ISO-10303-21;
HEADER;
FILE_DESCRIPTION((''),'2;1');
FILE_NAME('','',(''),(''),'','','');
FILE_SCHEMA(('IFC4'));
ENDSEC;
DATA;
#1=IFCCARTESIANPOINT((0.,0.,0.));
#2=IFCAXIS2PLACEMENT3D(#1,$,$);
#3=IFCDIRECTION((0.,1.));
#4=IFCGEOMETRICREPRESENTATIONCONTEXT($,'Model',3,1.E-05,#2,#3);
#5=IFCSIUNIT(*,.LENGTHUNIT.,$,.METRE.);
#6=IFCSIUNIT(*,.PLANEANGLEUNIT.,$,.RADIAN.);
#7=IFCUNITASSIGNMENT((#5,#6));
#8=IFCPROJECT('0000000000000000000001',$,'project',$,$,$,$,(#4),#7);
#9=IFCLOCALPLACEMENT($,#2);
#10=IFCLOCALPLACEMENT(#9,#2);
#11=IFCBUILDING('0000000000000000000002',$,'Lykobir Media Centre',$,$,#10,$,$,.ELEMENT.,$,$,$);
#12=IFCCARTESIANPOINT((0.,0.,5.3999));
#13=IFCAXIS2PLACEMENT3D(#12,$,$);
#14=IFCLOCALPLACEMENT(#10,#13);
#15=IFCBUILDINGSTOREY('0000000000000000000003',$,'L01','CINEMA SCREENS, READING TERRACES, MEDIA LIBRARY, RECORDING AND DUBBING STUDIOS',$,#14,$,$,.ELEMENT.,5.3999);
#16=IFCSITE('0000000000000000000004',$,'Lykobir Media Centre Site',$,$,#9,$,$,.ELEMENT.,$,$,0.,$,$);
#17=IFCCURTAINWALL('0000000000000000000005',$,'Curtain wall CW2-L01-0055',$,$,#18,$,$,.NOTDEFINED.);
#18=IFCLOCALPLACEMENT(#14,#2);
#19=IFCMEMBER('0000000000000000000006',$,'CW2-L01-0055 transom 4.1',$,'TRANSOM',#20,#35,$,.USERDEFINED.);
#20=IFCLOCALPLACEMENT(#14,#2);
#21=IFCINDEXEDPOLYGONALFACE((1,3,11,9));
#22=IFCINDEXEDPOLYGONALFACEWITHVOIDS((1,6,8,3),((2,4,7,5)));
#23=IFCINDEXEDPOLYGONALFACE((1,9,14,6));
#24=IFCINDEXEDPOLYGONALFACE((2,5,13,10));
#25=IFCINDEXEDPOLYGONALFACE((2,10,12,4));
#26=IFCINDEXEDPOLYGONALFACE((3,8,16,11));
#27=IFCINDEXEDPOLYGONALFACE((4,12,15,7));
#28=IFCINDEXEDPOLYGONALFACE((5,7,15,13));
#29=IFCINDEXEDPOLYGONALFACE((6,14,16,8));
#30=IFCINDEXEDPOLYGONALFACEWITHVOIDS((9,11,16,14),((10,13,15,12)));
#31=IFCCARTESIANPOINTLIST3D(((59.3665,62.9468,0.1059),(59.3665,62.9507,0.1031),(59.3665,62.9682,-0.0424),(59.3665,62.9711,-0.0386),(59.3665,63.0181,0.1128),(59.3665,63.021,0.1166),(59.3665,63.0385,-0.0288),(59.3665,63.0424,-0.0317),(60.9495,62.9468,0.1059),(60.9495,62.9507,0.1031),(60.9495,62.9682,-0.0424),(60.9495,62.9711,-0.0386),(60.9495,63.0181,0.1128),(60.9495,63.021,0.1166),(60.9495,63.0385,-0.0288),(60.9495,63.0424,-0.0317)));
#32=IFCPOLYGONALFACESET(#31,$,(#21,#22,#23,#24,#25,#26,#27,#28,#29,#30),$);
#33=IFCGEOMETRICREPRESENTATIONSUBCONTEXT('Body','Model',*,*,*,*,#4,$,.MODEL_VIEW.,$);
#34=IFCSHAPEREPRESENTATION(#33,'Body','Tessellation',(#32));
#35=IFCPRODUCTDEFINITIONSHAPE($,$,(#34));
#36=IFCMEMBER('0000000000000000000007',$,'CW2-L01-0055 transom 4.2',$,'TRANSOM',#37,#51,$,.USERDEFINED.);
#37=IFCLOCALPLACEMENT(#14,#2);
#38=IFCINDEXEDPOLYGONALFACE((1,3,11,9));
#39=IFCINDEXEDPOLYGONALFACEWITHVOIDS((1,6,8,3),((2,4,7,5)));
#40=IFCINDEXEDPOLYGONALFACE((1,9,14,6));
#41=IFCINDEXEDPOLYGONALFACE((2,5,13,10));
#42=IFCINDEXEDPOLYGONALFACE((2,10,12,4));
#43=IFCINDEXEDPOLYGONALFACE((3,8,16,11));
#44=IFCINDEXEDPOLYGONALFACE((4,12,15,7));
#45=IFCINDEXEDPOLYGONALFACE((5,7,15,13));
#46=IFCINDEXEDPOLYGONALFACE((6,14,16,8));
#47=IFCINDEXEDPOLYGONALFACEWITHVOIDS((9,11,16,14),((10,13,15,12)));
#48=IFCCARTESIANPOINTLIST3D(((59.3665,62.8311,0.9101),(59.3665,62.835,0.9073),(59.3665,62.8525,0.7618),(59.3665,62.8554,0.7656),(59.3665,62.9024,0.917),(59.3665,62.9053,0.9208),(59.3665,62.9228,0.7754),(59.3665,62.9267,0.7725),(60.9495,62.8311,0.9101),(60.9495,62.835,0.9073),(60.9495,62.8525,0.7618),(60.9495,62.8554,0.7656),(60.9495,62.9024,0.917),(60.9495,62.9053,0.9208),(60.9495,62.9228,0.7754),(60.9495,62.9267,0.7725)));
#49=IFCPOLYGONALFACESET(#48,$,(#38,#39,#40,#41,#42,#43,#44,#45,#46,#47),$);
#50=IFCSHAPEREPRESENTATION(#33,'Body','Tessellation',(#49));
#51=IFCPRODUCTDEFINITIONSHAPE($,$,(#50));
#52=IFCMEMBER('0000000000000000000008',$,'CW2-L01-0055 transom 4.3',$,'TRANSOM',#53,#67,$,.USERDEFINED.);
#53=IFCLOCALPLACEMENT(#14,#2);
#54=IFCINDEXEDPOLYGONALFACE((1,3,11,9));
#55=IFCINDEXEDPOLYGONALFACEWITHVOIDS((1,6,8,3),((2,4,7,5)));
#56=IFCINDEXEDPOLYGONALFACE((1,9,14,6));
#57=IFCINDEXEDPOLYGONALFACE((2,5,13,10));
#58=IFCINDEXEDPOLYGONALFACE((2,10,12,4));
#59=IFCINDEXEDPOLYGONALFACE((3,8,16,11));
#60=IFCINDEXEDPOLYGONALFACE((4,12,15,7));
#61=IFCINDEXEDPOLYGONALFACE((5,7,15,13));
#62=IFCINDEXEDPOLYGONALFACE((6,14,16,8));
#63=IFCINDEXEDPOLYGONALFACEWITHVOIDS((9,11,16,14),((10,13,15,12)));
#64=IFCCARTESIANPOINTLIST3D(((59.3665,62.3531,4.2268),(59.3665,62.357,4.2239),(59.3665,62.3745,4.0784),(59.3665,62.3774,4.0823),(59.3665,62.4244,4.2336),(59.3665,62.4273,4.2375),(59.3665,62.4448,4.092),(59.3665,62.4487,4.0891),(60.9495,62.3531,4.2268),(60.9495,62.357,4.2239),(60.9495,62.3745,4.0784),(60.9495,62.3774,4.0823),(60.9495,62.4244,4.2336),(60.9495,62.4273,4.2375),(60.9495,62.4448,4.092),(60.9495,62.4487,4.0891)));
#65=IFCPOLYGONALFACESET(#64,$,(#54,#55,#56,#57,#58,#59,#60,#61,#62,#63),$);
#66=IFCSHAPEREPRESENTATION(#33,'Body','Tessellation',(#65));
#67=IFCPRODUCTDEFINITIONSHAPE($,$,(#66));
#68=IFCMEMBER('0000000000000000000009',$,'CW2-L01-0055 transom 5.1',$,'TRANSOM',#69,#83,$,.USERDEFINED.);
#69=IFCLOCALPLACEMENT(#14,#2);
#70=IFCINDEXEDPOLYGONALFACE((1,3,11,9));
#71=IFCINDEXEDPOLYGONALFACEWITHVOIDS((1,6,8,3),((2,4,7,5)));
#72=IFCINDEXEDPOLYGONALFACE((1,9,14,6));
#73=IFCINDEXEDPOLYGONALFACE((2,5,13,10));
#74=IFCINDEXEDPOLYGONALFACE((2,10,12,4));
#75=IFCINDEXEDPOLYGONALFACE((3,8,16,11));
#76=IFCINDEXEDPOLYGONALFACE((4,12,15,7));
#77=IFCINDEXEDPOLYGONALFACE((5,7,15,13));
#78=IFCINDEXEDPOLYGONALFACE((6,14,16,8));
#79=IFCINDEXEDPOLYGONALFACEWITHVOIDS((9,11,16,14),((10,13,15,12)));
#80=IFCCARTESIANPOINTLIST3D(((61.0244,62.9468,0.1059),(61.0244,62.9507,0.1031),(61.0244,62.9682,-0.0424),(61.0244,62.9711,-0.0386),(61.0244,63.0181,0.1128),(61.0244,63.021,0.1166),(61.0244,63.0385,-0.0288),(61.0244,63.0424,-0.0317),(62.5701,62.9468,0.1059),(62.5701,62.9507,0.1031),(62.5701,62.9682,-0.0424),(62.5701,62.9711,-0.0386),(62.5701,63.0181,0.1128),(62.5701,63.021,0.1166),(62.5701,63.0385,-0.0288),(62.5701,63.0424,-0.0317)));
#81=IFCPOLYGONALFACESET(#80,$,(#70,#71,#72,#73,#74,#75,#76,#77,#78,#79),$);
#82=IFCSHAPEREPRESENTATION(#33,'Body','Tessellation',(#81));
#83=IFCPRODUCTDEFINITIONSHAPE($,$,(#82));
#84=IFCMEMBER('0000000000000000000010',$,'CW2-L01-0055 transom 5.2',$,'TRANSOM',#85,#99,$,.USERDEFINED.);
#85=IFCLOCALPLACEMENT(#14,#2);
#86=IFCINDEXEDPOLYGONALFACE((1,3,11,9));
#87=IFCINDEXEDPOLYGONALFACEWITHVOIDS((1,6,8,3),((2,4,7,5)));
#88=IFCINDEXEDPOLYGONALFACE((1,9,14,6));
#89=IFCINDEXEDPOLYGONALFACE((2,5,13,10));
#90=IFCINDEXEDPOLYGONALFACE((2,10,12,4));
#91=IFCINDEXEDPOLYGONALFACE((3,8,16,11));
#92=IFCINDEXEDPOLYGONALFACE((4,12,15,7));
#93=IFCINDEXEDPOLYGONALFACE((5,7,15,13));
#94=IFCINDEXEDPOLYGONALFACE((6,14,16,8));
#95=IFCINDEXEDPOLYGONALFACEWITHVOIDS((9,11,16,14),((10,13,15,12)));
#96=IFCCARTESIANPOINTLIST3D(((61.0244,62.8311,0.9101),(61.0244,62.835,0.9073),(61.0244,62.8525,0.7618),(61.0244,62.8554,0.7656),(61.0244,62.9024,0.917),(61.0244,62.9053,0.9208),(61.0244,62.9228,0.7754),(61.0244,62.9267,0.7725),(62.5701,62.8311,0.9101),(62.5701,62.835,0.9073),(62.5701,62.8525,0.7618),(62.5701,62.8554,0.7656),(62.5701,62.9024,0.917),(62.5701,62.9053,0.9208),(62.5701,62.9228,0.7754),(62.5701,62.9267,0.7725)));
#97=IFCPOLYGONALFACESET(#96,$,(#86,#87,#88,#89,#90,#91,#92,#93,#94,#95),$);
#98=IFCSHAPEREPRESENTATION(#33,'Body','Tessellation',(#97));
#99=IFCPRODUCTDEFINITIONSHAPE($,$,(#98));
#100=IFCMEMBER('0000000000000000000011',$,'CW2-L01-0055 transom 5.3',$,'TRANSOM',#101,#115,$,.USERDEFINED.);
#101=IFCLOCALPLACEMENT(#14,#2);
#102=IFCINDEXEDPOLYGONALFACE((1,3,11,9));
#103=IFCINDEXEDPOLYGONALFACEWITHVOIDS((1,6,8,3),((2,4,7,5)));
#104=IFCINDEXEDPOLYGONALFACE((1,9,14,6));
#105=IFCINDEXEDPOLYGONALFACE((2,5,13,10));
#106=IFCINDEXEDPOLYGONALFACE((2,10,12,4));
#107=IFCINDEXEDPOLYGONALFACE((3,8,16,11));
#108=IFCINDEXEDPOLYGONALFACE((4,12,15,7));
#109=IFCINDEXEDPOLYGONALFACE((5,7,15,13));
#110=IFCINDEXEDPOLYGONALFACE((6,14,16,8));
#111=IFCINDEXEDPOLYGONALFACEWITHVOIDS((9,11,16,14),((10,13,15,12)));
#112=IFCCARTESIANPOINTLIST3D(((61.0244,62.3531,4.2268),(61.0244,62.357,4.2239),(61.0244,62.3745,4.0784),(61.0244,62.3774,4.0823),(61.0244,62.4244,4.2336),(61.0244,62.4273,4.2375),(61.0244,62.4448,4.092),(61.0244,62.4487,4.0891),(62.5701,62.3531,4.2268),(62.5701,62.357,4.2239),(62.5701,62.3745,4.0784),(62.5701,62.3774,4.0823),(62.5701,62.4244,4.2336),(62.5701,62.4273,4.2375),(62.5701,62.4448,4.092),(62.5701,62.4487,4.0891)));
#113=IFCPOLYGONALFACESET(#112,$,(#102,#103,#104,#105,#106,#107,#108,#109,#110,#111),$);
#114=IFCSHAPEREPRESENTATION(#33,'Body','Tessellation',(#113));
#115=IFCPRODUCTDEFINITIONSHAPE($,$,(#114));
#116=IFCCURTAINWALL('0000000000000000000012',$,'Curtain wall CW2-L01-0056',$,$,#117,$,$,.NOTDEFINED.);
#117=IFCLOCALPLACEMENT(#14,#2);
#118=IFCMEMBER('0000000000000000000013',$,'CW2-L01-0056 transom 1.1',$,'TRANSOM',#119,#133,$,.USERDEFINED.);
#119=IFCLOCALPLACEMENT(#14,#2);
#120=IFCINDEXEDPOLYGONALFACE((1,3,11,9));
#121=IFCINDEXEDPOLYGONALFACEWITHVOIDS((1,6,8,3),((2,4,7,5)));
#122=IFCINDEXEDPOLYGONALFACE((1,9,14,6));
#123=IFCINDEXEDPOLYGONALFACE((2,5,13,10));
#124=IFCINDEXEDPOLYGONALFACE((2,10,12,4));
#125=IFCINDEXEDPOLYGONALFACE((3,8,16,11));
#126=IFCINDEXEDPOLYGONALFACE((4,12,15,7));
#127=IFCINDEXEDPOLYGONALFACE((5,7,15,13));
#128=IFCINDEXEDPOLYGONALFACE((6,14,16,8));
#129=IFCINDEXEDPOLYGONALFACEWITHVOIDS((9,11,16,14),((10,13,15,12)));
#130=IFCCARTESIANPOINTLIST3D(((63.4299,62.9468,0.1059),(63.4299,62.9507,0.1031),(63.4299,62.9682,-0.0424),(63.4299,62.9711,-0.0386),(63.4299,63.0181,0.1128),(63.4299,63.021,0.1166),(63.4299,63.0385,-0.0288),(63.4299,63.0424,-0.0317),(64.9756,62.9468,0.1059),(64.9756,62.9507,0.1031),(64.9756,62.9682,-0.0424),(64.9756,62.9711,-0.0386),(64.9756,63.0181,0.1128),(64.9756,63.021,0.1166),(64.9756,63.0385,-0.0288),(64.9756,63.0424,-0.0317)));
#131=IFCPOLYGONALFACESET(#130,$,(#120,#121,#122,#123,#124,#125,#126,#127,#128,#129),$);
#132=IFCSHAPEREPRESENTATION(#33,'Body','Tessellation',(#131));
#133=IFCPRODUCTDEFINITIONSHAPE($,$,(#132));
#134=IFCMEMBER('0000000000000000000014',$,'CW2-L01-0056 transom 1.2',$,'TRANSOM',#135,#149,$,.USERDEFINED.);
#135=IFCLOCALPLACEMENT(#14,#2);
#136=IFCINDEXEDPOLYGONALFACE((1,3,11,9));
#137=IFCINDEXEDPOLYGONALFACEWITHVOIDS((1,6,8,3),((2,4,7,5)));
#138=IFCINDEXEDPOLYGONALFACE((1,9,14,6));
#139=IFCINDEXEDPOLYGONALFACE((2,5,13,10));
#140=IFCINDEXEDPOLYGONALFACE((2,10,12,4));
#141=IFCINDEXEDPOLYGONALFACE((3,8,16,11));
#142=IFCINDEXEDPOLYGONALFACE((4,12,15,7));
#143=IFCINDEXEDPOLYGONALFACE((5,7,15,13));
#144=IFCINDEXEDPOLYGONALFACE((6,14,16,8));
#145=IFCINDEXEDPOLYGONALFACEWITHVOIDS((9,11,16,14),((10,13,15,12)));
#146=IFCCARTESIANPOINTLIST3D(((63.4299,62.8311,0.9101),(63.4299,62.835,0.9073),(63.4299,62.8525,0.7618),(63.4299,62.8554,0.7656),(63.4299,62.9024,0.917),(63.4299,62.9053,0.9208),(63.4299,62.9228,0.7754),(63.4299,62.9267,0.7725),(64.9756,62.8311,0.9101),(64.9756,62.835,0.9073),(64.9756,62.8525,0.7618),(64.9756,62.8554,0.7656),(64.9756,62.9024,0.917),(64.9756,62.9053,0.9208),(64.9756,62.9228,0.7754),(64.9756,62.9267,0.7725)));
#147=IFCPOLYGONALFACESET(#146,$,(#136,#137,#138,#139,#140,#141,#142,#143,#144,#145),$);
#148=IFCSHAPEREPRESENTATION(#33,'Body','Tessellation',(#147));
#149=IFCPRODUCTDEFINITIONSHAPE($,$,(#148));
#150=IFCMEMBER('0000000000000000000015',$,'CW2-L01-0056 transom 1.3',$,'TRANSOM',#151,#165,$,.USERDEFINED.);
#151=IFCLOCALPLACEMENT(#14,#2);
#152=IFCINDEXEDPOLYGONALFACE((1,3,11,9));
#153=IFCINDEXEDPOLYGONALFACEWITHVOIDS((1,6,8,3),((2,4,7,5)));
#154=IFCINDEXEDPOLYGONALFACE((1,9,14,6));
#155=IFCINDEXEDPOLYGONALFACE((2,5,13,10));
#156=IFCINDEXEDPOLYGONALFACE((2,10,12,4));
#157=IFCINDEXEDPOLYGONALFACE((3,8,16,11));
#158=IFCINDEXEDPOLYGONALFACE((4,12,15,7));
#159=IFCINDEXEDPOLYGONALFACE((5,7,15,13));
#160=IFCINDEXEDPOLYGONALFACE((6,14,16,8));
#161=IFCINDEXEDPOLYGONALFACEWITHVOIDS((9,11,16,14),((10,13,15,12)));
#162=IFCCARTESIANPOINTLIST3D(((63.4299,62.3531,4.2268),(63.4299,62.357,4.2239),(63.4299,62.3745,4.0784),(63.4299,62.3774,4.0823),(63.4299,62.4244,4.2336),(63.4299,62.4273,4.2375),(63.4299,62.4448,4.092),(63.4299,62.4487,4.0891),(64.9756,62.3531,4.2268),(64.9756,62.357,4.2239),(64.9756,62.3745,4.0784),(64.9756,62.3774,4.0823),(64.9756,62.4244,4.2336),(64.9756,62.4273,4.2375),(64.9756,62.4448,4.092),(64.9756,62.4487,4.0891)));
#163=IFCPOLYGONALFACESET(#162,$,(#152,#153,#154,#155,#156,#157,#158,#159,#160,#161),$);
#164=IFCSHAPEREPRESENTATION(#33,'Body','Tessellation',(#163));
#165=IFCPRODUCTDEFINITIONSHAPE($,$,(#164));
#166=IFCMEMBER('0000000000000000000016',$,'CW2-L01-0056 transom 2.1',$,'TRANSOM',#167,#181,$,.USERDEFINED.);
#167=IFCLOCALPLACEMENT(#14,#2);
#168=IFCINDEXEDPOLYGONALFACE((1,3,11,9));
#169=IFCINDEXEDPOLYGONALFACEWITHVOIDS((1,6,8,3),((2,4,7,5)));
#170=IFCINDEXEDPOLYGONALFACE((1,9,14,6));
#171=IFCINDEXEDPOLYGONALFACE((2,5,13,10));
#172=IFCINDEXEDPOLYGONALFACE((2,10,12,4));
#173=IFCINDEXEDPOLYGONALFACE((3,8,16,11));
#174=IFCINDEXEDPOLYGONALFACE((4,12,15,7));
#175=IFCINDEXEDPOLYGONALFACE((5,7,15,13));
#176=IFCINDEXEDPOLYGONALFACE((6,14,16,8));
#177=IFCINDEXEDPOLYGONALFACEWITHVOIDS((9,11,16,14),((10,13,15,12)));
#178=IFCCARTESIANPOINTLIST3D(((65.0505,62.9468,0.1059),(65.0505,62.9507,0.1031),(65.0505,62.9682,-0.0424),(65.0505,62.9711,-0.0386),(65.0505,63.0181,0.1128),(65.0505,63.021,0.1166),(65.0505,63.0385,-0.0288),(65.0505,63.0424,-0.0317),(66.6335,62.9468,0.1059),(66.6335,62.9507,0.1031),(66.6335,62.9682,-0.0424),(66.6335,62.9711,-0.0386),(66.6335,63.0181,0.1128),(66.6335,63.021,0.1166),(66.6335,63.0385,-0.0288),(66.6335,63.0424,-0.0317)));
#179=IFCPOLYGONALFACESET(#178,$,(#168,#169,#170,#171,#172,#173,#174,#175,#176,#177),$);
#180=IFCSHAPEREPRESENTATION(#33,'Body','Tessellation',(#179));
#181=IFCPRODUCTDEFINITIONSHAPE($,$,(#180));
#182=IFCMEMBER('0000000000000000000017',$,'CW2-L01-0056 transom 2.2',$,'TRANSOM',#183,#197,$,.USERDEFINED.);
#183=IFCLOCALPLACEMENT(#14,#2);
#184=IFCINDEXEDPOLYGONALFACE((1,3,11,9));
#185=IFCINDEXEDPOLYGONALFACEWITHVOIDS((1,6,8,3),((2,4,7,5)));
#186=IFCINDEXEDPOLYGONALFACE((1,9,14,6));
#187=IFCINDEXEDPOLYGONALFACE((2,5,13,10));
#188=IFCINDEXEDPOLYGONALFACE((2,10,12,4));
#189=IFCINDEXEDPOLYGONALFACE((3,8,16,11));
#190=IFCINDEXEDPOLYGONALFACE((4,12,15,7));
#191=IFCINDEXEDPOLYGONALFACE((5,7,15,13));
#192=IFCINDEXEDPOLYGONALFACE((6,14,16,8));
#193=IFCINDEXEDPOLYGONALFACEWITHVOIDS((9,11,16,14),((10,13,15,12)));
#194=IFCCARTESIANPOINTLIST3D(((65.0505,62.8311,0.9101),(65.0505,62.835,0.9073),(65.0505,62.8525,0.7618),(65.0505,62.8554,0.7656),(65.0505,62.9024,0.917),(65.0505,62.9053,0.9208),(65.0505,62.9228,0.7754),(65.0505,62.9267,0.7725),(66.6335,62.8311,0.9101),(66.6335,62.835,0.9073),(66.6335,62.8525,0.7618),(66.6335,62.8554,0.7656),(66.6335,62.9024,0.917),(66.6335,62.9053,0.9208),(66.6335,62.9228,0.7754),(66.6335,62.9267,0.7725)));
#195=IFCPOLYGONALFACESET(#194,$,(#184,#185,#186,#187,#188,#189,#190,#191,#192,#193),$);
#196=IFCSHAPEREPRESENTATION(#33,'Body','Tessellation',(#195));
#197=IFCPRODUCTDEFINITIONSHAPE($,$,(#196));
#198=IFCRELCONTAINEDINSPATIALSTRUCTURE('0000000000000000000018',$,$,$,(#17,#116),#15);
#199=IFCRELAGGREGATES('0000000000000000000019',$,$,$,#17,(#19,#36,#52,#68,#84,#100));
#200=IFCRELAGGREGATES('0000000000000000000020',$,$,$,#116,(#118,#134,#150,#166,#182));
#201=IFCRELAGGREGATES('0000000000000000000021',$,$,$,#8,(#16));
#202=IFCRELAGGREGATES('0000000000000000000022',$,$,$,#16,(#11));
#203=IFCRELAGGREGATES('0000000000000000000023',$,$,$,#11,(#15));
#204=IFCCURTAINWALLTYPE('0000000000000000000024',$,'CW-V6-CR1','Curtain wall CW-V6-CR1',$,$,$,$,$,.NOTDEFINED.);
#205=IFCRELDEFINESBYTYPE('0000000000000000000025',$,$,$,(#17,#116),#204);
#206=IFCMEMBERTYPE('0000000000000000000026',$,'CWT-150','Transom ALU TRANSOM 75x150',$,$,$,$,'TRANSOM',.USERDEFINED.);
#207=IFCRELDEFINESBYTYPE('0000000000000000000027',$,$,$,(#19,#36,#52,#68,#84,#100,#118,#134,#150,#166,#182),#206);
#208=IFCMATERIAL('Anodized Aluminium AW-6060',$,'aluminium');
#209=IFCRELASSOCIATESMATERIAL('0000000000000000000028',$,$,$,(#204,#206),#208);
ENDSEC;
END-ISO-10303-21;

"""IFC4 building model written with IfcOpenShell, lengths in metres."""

from ifc_helpers import new_model, si_unit, direction, frame, origin, origin_2d, place, context, subcontext, project, spatial, hollow_rectangle, extrude, material, material_profile, profile_set, type_object, element, aggregate, save


model = new_model("IFC4")

# Units and contexts
model_context = context("Model", 3, precision=1e-05, world=origin(), true_north=direction((0.0, 1.0)))
body_context = subcontext(model_context, "Body", "Model", "MODEL_VIEW")
ifc_project = project(units=[si_unit("LENGTHUNIT", "METRE"), si_unit("PLANEANGLEUNIT", "RADIAN")], contexts=[model_context])

# Site, building, storey
site_placement = place(None, origin())
site = spatial("IfcSite", under=ifc_project, at=site_placement, Name="Lykobir Media Centre Site", CompositionType="ELEMENT", RefElevation=0.0)
building_placement = place(site_placement, origin())
building = spatial("IfcBuilding", under=site, at=building_placement, Name="Lykobir Media Centre", CompositionType="ELEMENT")
storey_placement = place(building_placement, frame((0.0, 0.0, 5.3999)))
storey = spatial("IfcBuildingStorey", under=building, at=storey_placement, Name="L01", Description="CINEMA SCREENS, READING TERRACES, MEDIA LIBRARY, RECORDING AND DUBBING STUDIOS", CompositionType="ELEMENT", Elevation=5.3999)

# Curtain walls, members
ifc_material_1 = material(Name="Anodized Aluminium AW-6060", Category="aluminium")
curtain_wall_type = type_object("IfcCurtainWallType", Name="CW-V6-CR1", Description="Curtain wall CW-V6-CR1", PredefinedType="NOTDEFINED", material=ifc_material_1)
curtain_wall_1_placement = place(storey_placement, origin())
curtain_wall_1 = element("IfcCurtainWall", 1, at=curtain_wall_1_placement, inside=storey, type_object=curtain_wall_type, Name="Curtain wall CW2-L01-0055", PredefinedType="NOTDEFINED")
ifc_material_profile = material_profile(ifc_material_1, hollow_rectangle(XDim=0.075, YDim=0.1499, WallThickness=0.0034, at=origin_2d()), Name="ALU TRANSOM 75x150")
ifc_profile_set = profile_set([ifc_material_profile], Name="Anodized Aluminium AW-6060")
member_type = type_object("IfcMemberType", Name="CWT-150", Description="Transom ALU TRANSOM 75x150", ElementType="TRANSOM", PredefinedType="USERDEFINED", material=ifc_profile_set)
member_1_placement = place(storey_placement, frame((59.3665, 62.9946, 0.0371), z_axis=(1.0, 0.0, 0.0), x_axis=(0.0, 0.989776, 0.142629)))
member_1 = element("IfcMember", 2, at=member_1_placement, type_object=member_type, Name="CW2-L01-0055 transom 4.1", ObjectType="TRANSOM", PredefinedType="USERDEFINED", context=body_context, shape_type="SweptSolid", body=[
    extrude(hollow_rectangle(XDim=0.075, YDim=0.1499, WallThickness=0.0034, at=origin_2d()), origin(), (0.0, 0.0, 1.0), 1.583),
])
member_2_placement = place(storey_placement, frame((59.3665, 62.8789, 0.8413), z_axis=(1.0, 0.0, 0.0), x_axis=(0.0, 0.989776, 0.142629)))
member_2 = element("IfcMember", 3, at=member_2_placement, type_object=member_type, Name="CW2-L01-0055 transom 4.2", ObjectType="TRANSOM", PredefinedType="USERDEFINED", context=body_context, shape_type="SweptSolid", body=[
    extrude(hollow_rectangle(XDim=0.075, YDim=0.1499, WallThickness=0.0034, at=origin_2d()), origin(), (0.0, 0.0, 1.0), 1.583),
])
member_3_placement = place(storey_placement, frame((59.3665, 62.4009, 4.158), z_axis=(1.0, 0.0, 0.0), x_axis=(0.0, 0.989776, 0.142629)))
member_3 = element("IfcMember", 4, at=member_3_placement, type_object=member_type, Name="CW2-L01-0055 transom 4.3", ObjectType="TRANSOM", PredefinedType="USERDEFINED", context=body_context, shape_type="SweptSolid", body=[
    extrude(hollow_rectangle(XDim=0.075, YDim=0.1499, WallThickness=0.0034, at=origin_2d()), origin(), (0.0, 0.0, 1.0), 1.583),
])
member_4_placement = place(storey_placement, frame((61.0244, 62.9946, 0.0371), z_axis=(1.0, 0.0, 0.0), x_axis=(0.0, 0.989776, 0.142629)))
member_4 = element("IfcMember", 5, at=member_4_placement, type_object=member_type, Name="CW2-L01-0055 transom 5.1", ObjectType="TRANSOM", PredefinedType="USERDEFINED", context=body_context, shape_type="SweptSolid", body=[
    extrude(hollow_rectangle(XDim=0.075, YDim=0.1499, WallThickness=0.0034, at=origin_2d()), origin(), (0.0, 0.0, 1.0), 1.5457),
])
member_5_placement = place(storey_placement, frame((61.0244, 62.8789, 0.8413), z_axis=(1.0, 0.0, 0.0), x_axis=(0.0, 0.989776, 0.142629)))
member_5 = element("IfcMember", 6, at=member_5_placement, type_object=member_type, Name="CW2-L01-0055 transom 5.2", ObjectType="TRANSOM", PredefinedType="USERDEFINED", context=body_context, shape_type="SweptSolid", body=[
    extrude(hollow_rectangle(XDim=0.075, YDim=0.1499, WallThickness=0.0034, at=origin_2d()), origin(), (0.0, 0.0, 1.0), 1.5457),
])
member_6_placement = place(storey_placement, frame((61.0244, 62.4009, 4.158), z_axis=(1.0, 0.0, 0.0), x_axis=(0.0, 0.989776, 0.142629)))
member_6 = element("IfcMember", 7, at=member_6_placement, type_object=member_type, Name="CW2-L01-0055 transom 5.3", ObjectType="TRANSOM", PredefinedType="USERDEFINED", context=body_context, shape_type="SweptSolid", body=[
    extrude(hollow_rectangle(XDim=0.075, YDim=0.1499, WallThickness=0.0034, at=origin_2d()), origin(), (0.0, 0.0, 1.0), 1.5457),
])
curtain_wall_2_placement = place(storey_placement, origin())
curtain_wall_2 = element("IfcCurtainWall", 8, at=curtain_wall_2_placement, inside=storey, type_object=curtain_wall_type, Name="Curtain wall CW2-L01-0056", PredefinedType="NOTDEFINED")
member_7_placement = place(storey_placement, frame((63.4299, 62.9946, 0.0371), z_axis=(1.0, 0.0, 0.0), x_axis=(0.0, 0.989776, 0.142629)))
member_7 = element("IfcMember", 9, at=member_7_placement, type_object=member_type, Name="CW2-L01-0056 transom 1.1", ObjectType="TRANSOM", PredefinedType="USERDEFINED", context=body_context, shape_type="SweptSolid", body=[
    extrude(hollow_rectangle(XDim=0.075, YDim=0.1499, WallThickness=0.0034, at=origin_2d()), origin(), (0.0, 0.0, 1.0), 1.5457),
])
member_8_placement = place(storey_placement, frame((63.4299, 62.8789, 0.8413), z_axis=(1.0, 0.0, 0.0), x_axis=(0.0, 0.989776, 0.142629)))
member_8 = element("IfcMember", 10, at=member_8_placement, type_object=member_type, Name="CW2-L01-0056 transom 1.2", ObjectType="TRANSOM", PredefinedType="USERDEFINED", context=body_context, shape_type="SweptSolid", body=[
    extrude(hollow_rectangle(XDim=0.075, YDim=0.1499, WallThickness=0.0034, at=origin_2d()), origin(), (0.0, 0.0, 1.0), 1.5457),
])
member_9_placement = place(storey_placement, frame((63.4299, 62.4009, 4.158), z_axis=(1.0, 0.0, 0.0), x_axis=(0.0, 0.989776, 0.142629)))
member_9 = element("IfcMember", 11, at=member_9_placement, type_object=member_type, Name="CW2-L01-0056 transom 1.3", ObjectType="TRANSOM", PredefinedType="USERDEFINED", context=body_context, shape_type="SweptSolid", body=[
    extrude(hollow_rectangle(XDim=0.075, YDim=0.1499, WallThickness=0.0034, at=origin_2d()), origin(), (0.0, 0.0, 1.0), 1.5457),
])
member_10_placement = place(storey_placement, frame((65.0505, 62.9946, 0.0371), z_axis=(1.0, 0.0, 0.0), x_axis=(0.0, 0.989776, 0.142629)))
member_10 = element("IfcMember", 12, at=member_10_placement, type_object=member_type, Name="CW2-L01-0056 transom 2.1", ObjectType="TRANSOM", PredefinedType="USERDEFINED", context=body_context, shape_type="SweptSolid", body=[
    extrude(hollow_rectangle(XDim=0.075, YDim=0.1499, WallThickness=0.0034, at=origin_2d()), origin(), (0.0, 0.0, 1.0), 1.583),
])
member_11_placement = place(storey_placement, frame((65.0505, 62.8789, 0.8413), z_axis=(1.0, 0.0, 0.0), x_axis=(0.0, 0.989776, 0.142629)))
member_11 = element("IfcMember", 13, at=member_11_placement, type_object=member_type, Name="CW2-L01-0056 transom 2.2", ObjectType="TRANSOM", PredefinedType="USERDEFINED", context=body_context, shape_type="SweptSolid", body=[
    extrude(hollow_rectangle(XDim=0.075, YDim=0.1499, WallThickness=0.0034, at=origin_2d()), origin(), (0.0, 0.0, 1.0), 1.583),
])

aggregate(curtain_wall_1, [member_1, member_2, member_3, member_4, member_5, member_6])
aggregate(curtain_wall_2, [member_7, member_8, member_9, member_10, member_11])

save(model, "model.ifc")
